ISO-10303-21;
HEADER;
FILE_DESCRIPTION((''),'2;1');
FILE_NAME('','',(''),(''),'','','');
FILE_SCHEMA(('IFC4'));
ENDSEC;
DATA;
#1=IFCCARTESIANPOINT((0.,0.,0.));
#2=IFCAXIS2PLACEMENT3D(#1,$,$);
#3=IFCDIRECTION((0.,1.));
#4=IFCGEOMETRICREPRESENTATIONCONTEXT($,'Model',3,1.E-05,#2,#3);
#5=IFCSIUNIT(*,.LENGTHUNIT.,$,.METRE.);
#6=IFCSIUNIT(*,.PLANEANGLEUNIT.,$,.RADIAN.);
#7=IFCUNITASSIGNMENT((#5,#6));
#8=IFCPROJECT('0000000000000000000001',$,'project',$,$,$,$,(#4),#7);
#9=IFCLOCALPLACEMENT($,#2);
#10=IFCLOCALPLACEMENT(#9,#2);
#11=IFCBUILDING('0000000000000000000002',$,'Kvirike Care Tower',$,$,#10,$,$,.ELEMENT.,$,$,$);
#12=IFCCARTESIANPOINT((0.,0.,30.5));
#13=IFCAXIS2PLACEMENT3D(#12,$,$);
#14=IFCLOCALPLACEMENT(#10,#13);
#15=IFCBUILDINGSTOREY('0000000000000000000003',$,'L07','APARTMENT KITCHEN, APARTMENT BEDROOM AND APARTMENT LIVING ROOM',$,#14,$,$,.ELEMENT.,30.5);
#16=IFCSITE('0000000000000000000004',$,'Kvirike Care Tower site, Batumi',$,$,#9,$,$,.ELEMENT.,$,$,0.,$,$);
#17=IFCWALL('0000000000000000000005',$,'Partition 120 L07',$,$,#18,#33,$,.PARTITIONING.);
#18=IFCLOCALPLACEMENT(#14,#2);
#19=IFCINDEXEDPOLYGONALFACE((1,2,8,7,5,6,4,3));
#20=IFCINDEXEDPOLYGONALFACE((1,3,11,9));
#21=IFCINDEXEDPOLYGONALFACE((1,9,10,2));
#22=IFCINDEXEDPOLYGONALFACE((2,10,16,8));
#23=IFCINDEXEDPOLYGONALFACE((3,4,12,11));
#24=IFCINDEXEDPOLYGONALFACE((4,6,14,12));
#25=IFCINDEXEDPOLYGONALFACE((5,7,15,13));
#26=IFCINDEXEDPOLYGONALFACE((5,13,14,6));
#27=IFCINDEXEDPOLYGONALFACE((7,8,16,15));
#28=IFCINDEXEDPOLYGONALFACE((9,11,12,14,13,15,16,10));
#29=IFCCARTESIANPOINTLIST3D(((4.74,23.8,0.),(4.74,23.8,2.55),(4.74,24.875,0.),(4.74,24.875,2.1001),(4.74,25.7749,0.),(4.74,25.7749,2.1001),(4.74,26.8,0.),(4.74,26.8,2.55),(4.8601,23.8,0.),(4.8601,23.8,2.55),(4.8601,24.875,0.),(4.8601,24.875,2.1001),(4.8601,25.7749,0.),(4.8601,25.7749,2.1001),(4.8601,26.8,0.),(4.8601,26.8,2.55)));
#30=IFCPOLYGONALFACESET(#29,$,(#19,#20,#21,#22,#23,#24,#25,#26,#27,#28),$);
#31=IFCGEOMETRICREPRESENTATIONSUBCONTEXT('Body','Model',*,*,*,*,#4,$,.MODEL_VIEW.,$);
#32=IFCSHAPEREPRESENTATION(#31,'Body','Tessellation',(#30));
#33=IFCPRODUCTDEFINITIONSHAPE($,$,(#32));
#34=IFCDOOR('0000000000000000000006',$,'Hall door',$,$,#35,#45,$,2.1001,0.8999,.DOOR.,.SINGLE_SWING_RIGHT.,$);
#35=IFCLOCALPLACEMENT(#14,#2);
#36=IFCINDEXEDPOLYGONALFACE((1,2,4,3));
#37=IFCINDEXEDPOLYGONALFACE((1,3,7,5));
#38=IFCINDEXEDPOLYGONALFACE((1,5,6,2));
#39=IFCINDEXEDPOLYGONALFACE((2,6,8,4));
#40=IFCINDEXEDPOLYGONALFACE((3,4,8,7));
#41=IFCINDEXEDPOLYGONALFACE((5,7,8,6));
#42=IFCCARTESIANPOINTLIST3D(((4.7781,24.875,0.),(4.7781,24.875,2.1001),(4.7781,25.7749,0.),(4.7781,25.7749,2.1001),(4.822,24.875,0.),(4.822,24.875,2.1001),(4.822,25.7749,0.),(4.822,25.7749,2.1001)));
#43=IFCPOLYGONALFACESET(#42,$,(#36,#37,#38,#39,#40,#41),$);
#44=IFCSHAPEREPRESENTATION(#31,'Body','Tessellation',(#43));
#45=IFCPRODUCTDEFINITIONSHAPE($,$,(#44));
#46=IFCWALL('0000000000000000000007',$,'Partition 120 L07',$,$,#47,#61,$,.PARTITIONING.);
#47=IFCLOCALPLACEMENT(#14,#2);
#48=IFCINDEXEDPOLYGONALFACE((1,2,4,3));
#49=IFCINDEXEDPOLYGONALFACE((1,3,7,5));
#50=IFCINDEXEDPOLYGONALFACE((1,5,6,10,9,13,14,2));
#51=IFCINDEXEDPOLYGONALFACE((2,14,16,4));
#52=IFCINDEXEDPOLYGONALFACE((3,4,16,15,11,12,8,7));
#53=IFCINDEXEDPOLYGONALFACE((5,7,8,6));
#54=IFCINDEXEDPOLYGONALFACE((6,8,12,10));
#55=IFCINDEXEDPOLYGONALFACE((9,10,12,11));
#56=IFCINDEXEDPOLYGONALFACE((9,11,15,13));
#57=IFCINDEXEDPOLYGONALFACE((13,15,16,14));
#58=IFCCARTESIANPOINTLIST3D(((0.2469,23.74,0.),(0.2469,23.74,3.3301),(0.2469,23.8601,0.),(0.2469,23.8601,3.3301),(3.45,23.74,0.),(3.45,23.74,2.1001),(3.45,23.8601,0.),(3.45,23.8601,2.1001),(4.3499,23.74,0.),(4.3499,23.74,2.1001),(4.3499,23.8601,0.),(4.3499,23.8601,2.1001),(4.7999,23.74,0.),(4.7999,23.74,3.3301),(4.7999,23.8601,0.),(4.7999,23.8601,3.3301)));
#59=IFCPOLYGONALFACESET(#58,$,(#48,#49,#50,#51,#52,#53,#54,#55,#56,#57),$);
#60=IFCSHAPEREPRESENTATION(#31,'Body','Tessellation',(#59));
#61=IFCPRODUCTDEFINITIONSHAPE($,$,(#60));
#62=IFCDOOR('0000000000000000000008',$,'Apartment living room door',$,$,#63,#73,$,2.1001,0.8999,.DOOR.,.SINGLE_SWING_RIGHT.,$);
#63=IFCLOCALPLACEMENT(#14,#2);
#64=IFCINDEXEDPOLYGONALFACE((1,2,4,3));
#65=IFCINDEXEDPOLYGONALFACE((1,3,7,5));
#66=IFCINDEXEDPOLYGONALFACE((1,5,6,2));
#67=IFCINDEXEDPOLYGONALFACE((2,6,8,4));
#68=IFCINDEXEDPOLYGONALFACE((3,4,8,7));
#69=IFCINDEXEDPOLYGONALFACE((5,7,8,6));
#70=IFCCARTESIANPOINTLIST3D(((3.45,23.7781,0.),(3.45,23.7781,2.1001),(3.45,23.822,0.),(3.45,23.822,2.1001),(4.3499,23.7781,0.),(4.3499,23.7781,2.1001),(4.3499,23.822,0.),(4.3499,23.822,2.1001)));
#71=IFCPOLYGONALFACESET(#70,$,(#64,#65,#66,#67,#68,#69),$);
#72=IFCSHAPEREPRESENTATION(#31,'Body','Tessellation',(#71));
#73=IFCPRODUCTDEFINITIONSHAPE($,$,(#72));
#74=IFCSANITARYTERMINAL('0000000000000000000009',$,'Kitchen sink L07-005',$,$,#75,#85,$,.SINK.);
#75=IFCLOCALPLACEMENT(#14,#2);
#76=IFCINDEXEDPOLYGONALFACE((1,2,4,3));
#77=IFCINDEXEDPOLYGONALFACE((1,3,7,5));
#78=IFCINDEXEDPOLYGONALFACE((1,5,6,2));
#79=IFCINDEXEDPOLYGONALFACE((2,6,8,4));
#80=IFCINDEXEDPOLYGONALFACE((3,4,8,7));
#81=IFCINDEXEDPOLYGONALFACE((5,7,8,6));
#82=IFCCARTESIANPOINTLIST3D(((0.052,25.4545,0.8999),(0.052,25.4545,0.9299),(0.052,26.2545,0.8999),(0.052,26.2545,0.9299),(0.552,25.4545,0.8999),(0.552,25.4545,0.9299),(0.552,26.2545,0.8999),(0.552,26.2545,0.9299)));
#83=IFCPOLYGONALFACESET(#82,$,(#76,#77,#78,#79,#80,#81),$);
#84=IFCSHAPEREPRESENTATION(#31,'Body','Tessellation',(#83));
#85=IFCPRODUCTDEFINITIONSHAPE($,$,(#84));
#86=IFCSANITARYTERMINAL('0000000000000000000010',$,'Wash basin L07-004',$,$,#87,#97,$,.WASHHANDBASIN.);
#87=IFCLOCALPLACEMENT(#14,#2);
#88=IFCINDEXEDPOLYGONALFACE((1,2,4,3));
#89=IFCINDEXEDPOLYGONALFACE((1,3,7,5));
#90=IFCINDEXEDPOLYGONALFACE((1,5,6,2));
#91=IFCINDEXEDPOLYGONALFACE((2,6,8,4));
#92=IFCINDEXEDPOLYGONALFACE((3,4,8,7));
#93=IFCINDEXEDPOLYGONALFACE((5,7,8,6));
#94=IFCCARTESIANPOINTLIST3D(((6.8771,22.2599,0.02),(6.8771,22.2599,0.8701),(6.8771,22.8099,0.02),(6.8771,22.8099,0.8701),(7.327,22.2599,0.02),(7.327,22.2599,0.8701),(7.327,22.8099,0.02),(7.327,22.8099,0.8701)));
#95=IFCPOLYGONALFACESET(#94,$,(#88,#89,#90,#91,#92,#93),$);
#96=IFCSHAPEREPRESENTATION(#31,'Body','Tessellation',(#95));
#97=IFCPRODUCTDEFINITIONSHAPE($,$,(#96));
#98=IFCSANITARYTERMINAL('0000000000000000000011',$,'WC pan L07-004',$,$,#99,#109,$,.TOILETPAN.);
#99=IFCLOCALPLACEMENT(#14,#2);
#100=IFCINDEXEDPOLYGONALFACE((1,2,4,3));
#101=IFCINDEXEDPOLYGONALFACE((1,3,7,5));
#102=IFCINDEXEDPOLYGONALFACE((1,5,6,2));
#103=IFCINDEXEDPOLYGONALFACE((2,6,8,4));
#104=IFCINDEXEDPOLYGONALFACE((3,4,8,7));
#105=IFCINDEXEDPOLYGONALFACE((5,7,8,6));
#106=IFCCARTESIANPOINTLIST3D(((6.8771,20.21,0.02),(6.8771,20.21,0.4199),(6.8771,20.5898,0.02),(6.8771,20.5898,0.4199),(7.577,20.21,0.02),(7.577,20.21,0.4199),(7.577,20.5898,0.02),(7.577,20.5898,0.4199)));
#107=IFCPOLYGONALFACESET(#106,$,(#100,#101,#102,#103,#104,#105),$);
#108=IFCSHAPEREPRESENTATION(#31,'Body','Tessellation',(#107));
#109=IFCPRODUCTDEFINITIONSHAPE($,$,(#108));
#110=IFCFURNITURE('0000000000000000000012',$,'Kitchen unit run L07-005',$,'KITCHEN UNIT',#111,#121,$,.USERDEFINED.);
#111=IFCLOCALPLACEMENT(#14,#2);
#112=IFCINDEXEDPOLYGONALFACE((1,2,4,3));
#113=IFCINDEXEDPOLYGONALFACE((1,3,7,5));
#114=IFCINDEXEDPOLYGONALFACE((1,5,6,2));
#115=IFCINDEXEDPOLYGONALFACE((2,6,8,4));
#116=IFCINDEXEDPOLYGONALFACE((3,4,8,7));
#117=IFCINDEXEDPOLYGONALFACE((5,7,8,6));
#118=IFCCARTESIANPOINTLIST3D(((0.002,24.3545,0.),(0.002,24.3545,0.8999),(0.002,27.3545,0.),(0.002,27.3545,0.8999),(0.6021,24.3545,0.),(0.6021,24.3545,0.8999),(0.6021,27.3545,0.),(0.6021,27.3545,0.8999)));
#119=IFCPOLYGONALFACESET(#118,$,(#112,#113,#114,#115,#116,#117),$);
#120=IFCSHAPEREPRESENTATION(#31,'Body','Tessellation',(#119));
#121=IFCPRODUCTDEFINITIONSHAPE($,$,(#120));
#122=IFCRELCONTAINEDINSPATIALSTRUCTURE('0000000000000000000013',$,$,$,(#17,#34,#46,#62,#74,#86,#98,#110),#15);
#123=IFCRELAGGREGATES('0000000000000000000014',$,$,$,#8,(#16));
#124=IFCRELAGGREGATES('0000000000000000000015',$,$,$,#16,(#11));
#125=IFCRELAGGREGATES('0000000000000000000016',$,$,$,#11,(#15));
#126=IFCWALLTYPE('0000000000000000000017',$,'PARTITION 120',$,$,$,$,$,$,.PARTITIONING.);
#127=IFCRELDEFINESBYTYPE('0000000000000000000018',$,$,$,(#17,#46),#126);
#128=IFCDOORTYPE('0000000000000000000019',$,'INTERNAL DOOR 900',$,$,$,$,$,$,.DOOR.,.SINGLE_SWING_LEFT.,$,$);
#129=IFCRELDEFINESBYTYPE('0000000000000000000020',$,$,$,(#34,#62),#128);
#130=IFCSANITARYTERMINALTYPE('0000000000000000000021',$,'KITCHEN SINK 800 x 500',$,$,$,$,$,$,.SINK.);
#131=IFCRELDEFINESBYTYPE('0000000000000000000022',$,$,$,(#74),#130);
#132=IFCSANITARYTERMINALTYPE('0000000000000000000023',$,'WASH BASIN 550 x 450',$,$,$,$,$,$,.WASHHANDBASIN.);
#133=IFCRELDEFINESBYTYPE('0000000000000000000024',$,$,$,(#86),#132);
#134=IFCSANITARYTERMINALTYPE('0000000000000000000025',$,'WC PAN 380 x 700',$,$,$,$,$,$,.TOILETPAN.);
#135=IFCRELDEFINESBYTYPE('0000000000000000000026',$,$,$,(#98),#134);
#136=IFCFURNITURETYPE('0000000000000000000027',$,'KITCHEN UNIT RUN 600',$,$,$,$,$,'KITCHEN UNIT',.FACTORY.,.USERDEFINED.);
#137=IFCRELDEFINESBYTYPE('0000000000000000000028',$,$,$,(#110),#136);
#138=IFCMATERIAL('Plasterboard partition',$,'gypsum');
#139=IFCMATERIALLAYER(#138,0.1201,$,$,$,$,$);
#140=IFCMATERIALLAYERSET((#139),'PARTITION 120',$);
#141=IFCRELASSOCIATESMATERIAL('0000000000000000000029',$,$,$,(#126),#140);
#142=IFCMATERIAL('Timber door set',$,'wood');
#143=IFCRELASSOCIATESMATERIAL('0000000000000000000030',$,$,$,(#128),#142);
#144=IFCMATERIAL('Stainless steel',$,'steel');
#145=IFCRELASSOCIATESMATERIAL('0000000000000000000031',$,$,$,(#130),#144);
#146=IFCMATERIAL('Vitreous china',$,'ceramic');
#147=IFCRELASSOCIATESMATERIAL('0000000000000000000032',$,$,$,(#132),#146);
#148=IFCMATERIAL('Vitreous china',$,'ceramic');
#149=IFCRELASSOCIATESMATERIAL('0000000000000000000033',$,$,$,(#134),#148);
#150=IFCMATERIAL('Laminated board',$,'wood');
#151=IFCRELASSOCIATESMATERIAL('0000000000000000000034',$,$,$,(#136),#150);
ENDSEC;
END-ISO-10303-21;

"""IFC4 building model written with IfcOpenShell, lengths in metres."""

from ifc_helpers import new_model, si_unit, direction, frame, frame_2d, origin, origin_2d, place, context, subcontext, project, spatial, rectangle, extrude, material, layer, layer_set, type_object, element, fill, save


model = new_model("IFC4")

# Units and contexts
model_context = context("Model", 3, precision=1e-05, world=origin(), true_north=direction((0.0, 1.0)))
body_context = subcontext(model_context, "Body", "Model", "MODEL_VIEW")
ifc_project = project(units=[si_unit("LENGTHUNIT", "METRE"), si_unit("PLANEANGLEUNIT", "RADIAN")], contexts=[model_context])

# Site, building, storey
site_placement = place(None, origin())
site = spatial("IfcSite", under=ifc_project, at=site_placement, Name="Kvirike Care Tower site, Batumi", CompositionType="ELEMENT", RefElevation=0.0)
building_placement = place(site_placement, origin())
building = spatial("IfcBuilding", under=site, at=building_placement, Name="Kvirike Care Tower", CompositionType="ELEMENT")
storey_placement = place(building_placement, frame((0.0, 0.0, 30.5)))
storey = spatial("IfcBuildingStorey", under=building, at=storey_placement, Name="L07", Description="APARTMENT KITCHEN, APARTMENT BEDROOM AND APARTMENT LIVING ROOM", CompositionType="ELEMENT", Elevation=30.5)

# Walls, openings, doors
ifc_material_1 = material(Name="Plasterboard partition", Category="gypsum")
ifc_layer_1 = layer(ifc_material_1, 0.1201)
ifc_layer_set_1 = layer_set([ifc_layer_1], Name="PARTITION 120")
wall_type_1 = type_object("IfcWallType", Name="PARTITION 120", PredefinedType="PARTITIONING", material=ifc_layer_set_1)
wall_1_placement = place(storey_placement, frame((4.8, 23.8, 0.0), z_axis=(0.0, 0.0, 1.0), x_axis=(0.0, 1.0, 0.0)))
wall_1 = element("IfcWall", 1, at=wall_1_placement, inside=storey, type_object=wall_type_1, Name="Partition 120 L07", PredefinedType="PARTITIONING", context=body_context, shape_type="SweptSolid", body=[
    extrude(rectangle(XDim=3.0, YDim=0.1201, at=frame_2d((1.5, 0.0))), origin(), (0.0, 0.0, 1.0), 2.55),
])
opening_1_placement = place(wall_1_placement, frame((1.075, 0.0, 0.0)))
opening_1 = element("IfcOpeningElement", 2, at=opening_1_placement, cuts=wall_1, PredefinedType="OPENING", context=body_context, shape_type="SweptSolid", body=[
    extrude(rectangle(XDim=0.8999, YDim=2.1001, at=frame_2d((0.45, 1.05))), frame((0.0, 0.0706, 0.0), z_axis=(0.0, -1.0, 0.0), x_axis=(1.0, 0.0, 0.0)), (0.0, 0.0, 1.0), 0.1411),
])
ifc_material_2 = material(Name="Timber door set", Category="wood")
door_type_1 = type_object("IfcDoorType", Name="INTERNAL DOOR 900", OperationType="SINGLE_SWING_LEFT", PredefinedType="DOOR", material=ifc_material_2)
door_1_placement = place(opening_1_placement, frame((0.8999, 0.0, 0.0), z_axis=(0.0, 0.0, 1.0), x_axis=(-1.0, 0.0, 0.0)))
door_1 = element("IfcDoor", 3, at=door_1_placement, inside=storey, type_object=door_type_1, Name="Hall door", OperationType="SINGLE_SWING_RIGHT", OverallHeight=2.1001, OverallWidth=0.8999, PredefinedType="DOOR", context=body_context, shape_type="SweptSolid", body=[
    extrude(rectangle(XDim=0.8999, YDim=2.1001, at=frame_2d((0.45, 1.05))), frame((0.0, 0.022, 0.0), z_axis=(0.0, -1.0, 0.0), x_axis=(1.0, 0.0, 0.0)), (0.0, 0.0, 1.0), 0.0439),
])
fill(opening_1, door_1)
wall_2_placement = place(storey_placement, frame((0.2471, 23.8, 0.0), z_axis=(0.0, 0.0, 1.0), x_axis=(1.0, 0.0, 0.0)))
wall_2 = element("IfcWall", 4, at=wall_2_placement, inside=storey, type_object=wall_type_1, Name="Partition 120 L07", PredefinedType="PARTITIONING", context=body_context, shape_type="SweptSolid", body=[
    extrude(rectangle(XDim=4.553, YDim=0.1201, at=frame_2d((2.2764, 0.0))), origin(), (0.0, 0.0, 1.0), 3.3301),
])
opening_2_placement = place(wall_2_placement, frame((3.2029, 0.0, 0.0)))
opening_2 = element("IfcOpeningElement", 5, at=opening_2_placement, cuts=wall_2, PredefinedType="OPENING", context=body_context, shape_type="SweptSolid", body=[
    extrude(rectangle(XDim=0.8999, YDim=2.1001, at=frame_2d((0.45, 1.05))), frame((0.0, 0.0706, 0.0), z_axis=(0.0, -1.0, 0.0), x_axis=(1.0, 0.0, 0.0)), (0.0, 0.0, 1.0), 0.1411),
])
door_2_placement = place(opening_2_placement, frame((0.8999, 0.0, 0.0), z_axis=(0.0, 0.0, 1.0), x_axis=(-1.0, 0.0, 0.0)))
door_2 = element("IfcDoor", 6, at=door_2_placement, inside=storey, type_object=door_type_1, Name="Apartment living room door", OperationType="SINGLE_SWING_RIGHT", OverallHeight=2.1001, OverallWidth=0.8999, PredefinedType="DOOR", context=body_context, shape_type="SweptSolid", body=[
    extrude(rectangle(XDim=0.8999, YDim=2.1001, at=frame_2d((0.45, 1.05))), frame((0.0, 0.022, 0.0), z_axis=(0.0, -1.0, 0.0), x_axis=(1.0, 0.0, 0.0)), (0.0, 0.0, 1.0), 0.0439),
])
fill(opening_2, door_2)

# Sanitary terminals
ifc_material_3 = material(Name="Stainless steel", Category="steel")
sanitary_terminal_type_1 = type_object("IfcSanitaryTerminalType", Name="KITCHEN SINK 800 x 500", PredefinedType="SINK", material=ifc_material_3)
sanitary_terminal_1_placement = place(storey_placement, frame((0.302, 25.8545, 0.8999), z_axis=(0.0, 0.0, 1.0), x_axis=(0.0, 1.0, 0.0)))
element("IfcSanitaryTerminal", 7, at=sanitary_terminal_1_placement, inside=storey, type_object=sanitary_terminal_type_1, Name="Kitchen sink L07-005", PredefinedType="SINK", context=body_context, shape_type="SweptSolid", body=[
    extrude(rectangle(XDim=0.8, YDim=0.5, at=origin_2d()), origin(), (0.0, 0.0, 1.0), 0.03),
])
ifc_material_4 = material(Name="Vitreous china", Category="ceramic")
sanitary_terminal_type_2 = type_object("IfcSanitaryTerminalType", Name="WASH BASIN 550 x 450", PredefinedType="WASHHANDBASIN", material=ifc_material_4)
sanitary_terminal_2_placement = place(storey_placement, frame((7.1021, 22.5349, 0.02), z_axis=(0.0, 0.0, 1.0), x_axis=(0.0, 1.0, 0.0)))
element("IfcSanitaryTerminal", 8, at=sanitary_terminal_2_placement, inside=storey, type_object=sanitary_terminal_type_2, Name="Wash basin L07-004", PredefinedType="WASHHANDBASIN", context=body_context, shape_type="SweptSolid", body=[
    extrude(rectangle(XDim=0.55, YDim=0.45, at=origin_2d()), origin(), (0.0, 0.0, 1.0), 0.8501),
])
ifc_material_5 = material(Name="Vitreous china", Category="ceramic")
sanitary_terminal_type_3 = type_object("IfcSanitaryTerminalType", Name="WC PAN 380 x 700", PredefinedType="TOILETPAN", material=ifc_material_5)
sanitary_terminal_3_placement = place(storey_placement, frame((7.2271, 20.3999, 0.02), z_axis=(0.0, 0.0, 1.0), x_axis=(0.0, 1.0, 0.0)))
element("IfcSanitaryTerminal", 9, at=sanitary_terminal_3_placement, inside=storey, type_object=sanitary_terminal_type_3, Name="WC pan L07-004", PredefinedType="TOILETPAN", context=body_context, shape_type="SweptSolid", body=[
    extrude(rectangle(XDim=0.3799, YDim=0.7, at=origin_2d()), origin(), (0.0, 0.0, 1.0), 0.3999),
])

# Furniture
ifc_material_6 = material(Name="Laminated board", Category="wood")
furniture_type = type_object("IfcFurnitureType", Name="KITCHEN UNIT RUN 600", ElementType="KITCHEN UNIT", AssemblyPlace="FACTORY", PredefinedType="USERDEFINED", material=ifc_material_6)
furniture_placement = place(storey_placement, frame((0.302, 25.8545, 0.0), z_axis=(0.0, 0.0, 1.0), x_axis=(0.0, 1.0, 0.0)))
element("IfcFurniture", 10, at=furniture_placement, inside=storey, type_object=furniture_type, Name="Kitchen unit run L07-005", ObjectType="KITCHEN UNIT", PredefinedType="USERDEFINED", context=body_context, shape_type="SweptSolid", body=[
    extrude(rectangle(XDim=3.0, YDim=0.6001, at=origin_2d()), origin(), (0.0, 0.0, 1.0), 0.8999),
])

save(model, "model.ifc")
